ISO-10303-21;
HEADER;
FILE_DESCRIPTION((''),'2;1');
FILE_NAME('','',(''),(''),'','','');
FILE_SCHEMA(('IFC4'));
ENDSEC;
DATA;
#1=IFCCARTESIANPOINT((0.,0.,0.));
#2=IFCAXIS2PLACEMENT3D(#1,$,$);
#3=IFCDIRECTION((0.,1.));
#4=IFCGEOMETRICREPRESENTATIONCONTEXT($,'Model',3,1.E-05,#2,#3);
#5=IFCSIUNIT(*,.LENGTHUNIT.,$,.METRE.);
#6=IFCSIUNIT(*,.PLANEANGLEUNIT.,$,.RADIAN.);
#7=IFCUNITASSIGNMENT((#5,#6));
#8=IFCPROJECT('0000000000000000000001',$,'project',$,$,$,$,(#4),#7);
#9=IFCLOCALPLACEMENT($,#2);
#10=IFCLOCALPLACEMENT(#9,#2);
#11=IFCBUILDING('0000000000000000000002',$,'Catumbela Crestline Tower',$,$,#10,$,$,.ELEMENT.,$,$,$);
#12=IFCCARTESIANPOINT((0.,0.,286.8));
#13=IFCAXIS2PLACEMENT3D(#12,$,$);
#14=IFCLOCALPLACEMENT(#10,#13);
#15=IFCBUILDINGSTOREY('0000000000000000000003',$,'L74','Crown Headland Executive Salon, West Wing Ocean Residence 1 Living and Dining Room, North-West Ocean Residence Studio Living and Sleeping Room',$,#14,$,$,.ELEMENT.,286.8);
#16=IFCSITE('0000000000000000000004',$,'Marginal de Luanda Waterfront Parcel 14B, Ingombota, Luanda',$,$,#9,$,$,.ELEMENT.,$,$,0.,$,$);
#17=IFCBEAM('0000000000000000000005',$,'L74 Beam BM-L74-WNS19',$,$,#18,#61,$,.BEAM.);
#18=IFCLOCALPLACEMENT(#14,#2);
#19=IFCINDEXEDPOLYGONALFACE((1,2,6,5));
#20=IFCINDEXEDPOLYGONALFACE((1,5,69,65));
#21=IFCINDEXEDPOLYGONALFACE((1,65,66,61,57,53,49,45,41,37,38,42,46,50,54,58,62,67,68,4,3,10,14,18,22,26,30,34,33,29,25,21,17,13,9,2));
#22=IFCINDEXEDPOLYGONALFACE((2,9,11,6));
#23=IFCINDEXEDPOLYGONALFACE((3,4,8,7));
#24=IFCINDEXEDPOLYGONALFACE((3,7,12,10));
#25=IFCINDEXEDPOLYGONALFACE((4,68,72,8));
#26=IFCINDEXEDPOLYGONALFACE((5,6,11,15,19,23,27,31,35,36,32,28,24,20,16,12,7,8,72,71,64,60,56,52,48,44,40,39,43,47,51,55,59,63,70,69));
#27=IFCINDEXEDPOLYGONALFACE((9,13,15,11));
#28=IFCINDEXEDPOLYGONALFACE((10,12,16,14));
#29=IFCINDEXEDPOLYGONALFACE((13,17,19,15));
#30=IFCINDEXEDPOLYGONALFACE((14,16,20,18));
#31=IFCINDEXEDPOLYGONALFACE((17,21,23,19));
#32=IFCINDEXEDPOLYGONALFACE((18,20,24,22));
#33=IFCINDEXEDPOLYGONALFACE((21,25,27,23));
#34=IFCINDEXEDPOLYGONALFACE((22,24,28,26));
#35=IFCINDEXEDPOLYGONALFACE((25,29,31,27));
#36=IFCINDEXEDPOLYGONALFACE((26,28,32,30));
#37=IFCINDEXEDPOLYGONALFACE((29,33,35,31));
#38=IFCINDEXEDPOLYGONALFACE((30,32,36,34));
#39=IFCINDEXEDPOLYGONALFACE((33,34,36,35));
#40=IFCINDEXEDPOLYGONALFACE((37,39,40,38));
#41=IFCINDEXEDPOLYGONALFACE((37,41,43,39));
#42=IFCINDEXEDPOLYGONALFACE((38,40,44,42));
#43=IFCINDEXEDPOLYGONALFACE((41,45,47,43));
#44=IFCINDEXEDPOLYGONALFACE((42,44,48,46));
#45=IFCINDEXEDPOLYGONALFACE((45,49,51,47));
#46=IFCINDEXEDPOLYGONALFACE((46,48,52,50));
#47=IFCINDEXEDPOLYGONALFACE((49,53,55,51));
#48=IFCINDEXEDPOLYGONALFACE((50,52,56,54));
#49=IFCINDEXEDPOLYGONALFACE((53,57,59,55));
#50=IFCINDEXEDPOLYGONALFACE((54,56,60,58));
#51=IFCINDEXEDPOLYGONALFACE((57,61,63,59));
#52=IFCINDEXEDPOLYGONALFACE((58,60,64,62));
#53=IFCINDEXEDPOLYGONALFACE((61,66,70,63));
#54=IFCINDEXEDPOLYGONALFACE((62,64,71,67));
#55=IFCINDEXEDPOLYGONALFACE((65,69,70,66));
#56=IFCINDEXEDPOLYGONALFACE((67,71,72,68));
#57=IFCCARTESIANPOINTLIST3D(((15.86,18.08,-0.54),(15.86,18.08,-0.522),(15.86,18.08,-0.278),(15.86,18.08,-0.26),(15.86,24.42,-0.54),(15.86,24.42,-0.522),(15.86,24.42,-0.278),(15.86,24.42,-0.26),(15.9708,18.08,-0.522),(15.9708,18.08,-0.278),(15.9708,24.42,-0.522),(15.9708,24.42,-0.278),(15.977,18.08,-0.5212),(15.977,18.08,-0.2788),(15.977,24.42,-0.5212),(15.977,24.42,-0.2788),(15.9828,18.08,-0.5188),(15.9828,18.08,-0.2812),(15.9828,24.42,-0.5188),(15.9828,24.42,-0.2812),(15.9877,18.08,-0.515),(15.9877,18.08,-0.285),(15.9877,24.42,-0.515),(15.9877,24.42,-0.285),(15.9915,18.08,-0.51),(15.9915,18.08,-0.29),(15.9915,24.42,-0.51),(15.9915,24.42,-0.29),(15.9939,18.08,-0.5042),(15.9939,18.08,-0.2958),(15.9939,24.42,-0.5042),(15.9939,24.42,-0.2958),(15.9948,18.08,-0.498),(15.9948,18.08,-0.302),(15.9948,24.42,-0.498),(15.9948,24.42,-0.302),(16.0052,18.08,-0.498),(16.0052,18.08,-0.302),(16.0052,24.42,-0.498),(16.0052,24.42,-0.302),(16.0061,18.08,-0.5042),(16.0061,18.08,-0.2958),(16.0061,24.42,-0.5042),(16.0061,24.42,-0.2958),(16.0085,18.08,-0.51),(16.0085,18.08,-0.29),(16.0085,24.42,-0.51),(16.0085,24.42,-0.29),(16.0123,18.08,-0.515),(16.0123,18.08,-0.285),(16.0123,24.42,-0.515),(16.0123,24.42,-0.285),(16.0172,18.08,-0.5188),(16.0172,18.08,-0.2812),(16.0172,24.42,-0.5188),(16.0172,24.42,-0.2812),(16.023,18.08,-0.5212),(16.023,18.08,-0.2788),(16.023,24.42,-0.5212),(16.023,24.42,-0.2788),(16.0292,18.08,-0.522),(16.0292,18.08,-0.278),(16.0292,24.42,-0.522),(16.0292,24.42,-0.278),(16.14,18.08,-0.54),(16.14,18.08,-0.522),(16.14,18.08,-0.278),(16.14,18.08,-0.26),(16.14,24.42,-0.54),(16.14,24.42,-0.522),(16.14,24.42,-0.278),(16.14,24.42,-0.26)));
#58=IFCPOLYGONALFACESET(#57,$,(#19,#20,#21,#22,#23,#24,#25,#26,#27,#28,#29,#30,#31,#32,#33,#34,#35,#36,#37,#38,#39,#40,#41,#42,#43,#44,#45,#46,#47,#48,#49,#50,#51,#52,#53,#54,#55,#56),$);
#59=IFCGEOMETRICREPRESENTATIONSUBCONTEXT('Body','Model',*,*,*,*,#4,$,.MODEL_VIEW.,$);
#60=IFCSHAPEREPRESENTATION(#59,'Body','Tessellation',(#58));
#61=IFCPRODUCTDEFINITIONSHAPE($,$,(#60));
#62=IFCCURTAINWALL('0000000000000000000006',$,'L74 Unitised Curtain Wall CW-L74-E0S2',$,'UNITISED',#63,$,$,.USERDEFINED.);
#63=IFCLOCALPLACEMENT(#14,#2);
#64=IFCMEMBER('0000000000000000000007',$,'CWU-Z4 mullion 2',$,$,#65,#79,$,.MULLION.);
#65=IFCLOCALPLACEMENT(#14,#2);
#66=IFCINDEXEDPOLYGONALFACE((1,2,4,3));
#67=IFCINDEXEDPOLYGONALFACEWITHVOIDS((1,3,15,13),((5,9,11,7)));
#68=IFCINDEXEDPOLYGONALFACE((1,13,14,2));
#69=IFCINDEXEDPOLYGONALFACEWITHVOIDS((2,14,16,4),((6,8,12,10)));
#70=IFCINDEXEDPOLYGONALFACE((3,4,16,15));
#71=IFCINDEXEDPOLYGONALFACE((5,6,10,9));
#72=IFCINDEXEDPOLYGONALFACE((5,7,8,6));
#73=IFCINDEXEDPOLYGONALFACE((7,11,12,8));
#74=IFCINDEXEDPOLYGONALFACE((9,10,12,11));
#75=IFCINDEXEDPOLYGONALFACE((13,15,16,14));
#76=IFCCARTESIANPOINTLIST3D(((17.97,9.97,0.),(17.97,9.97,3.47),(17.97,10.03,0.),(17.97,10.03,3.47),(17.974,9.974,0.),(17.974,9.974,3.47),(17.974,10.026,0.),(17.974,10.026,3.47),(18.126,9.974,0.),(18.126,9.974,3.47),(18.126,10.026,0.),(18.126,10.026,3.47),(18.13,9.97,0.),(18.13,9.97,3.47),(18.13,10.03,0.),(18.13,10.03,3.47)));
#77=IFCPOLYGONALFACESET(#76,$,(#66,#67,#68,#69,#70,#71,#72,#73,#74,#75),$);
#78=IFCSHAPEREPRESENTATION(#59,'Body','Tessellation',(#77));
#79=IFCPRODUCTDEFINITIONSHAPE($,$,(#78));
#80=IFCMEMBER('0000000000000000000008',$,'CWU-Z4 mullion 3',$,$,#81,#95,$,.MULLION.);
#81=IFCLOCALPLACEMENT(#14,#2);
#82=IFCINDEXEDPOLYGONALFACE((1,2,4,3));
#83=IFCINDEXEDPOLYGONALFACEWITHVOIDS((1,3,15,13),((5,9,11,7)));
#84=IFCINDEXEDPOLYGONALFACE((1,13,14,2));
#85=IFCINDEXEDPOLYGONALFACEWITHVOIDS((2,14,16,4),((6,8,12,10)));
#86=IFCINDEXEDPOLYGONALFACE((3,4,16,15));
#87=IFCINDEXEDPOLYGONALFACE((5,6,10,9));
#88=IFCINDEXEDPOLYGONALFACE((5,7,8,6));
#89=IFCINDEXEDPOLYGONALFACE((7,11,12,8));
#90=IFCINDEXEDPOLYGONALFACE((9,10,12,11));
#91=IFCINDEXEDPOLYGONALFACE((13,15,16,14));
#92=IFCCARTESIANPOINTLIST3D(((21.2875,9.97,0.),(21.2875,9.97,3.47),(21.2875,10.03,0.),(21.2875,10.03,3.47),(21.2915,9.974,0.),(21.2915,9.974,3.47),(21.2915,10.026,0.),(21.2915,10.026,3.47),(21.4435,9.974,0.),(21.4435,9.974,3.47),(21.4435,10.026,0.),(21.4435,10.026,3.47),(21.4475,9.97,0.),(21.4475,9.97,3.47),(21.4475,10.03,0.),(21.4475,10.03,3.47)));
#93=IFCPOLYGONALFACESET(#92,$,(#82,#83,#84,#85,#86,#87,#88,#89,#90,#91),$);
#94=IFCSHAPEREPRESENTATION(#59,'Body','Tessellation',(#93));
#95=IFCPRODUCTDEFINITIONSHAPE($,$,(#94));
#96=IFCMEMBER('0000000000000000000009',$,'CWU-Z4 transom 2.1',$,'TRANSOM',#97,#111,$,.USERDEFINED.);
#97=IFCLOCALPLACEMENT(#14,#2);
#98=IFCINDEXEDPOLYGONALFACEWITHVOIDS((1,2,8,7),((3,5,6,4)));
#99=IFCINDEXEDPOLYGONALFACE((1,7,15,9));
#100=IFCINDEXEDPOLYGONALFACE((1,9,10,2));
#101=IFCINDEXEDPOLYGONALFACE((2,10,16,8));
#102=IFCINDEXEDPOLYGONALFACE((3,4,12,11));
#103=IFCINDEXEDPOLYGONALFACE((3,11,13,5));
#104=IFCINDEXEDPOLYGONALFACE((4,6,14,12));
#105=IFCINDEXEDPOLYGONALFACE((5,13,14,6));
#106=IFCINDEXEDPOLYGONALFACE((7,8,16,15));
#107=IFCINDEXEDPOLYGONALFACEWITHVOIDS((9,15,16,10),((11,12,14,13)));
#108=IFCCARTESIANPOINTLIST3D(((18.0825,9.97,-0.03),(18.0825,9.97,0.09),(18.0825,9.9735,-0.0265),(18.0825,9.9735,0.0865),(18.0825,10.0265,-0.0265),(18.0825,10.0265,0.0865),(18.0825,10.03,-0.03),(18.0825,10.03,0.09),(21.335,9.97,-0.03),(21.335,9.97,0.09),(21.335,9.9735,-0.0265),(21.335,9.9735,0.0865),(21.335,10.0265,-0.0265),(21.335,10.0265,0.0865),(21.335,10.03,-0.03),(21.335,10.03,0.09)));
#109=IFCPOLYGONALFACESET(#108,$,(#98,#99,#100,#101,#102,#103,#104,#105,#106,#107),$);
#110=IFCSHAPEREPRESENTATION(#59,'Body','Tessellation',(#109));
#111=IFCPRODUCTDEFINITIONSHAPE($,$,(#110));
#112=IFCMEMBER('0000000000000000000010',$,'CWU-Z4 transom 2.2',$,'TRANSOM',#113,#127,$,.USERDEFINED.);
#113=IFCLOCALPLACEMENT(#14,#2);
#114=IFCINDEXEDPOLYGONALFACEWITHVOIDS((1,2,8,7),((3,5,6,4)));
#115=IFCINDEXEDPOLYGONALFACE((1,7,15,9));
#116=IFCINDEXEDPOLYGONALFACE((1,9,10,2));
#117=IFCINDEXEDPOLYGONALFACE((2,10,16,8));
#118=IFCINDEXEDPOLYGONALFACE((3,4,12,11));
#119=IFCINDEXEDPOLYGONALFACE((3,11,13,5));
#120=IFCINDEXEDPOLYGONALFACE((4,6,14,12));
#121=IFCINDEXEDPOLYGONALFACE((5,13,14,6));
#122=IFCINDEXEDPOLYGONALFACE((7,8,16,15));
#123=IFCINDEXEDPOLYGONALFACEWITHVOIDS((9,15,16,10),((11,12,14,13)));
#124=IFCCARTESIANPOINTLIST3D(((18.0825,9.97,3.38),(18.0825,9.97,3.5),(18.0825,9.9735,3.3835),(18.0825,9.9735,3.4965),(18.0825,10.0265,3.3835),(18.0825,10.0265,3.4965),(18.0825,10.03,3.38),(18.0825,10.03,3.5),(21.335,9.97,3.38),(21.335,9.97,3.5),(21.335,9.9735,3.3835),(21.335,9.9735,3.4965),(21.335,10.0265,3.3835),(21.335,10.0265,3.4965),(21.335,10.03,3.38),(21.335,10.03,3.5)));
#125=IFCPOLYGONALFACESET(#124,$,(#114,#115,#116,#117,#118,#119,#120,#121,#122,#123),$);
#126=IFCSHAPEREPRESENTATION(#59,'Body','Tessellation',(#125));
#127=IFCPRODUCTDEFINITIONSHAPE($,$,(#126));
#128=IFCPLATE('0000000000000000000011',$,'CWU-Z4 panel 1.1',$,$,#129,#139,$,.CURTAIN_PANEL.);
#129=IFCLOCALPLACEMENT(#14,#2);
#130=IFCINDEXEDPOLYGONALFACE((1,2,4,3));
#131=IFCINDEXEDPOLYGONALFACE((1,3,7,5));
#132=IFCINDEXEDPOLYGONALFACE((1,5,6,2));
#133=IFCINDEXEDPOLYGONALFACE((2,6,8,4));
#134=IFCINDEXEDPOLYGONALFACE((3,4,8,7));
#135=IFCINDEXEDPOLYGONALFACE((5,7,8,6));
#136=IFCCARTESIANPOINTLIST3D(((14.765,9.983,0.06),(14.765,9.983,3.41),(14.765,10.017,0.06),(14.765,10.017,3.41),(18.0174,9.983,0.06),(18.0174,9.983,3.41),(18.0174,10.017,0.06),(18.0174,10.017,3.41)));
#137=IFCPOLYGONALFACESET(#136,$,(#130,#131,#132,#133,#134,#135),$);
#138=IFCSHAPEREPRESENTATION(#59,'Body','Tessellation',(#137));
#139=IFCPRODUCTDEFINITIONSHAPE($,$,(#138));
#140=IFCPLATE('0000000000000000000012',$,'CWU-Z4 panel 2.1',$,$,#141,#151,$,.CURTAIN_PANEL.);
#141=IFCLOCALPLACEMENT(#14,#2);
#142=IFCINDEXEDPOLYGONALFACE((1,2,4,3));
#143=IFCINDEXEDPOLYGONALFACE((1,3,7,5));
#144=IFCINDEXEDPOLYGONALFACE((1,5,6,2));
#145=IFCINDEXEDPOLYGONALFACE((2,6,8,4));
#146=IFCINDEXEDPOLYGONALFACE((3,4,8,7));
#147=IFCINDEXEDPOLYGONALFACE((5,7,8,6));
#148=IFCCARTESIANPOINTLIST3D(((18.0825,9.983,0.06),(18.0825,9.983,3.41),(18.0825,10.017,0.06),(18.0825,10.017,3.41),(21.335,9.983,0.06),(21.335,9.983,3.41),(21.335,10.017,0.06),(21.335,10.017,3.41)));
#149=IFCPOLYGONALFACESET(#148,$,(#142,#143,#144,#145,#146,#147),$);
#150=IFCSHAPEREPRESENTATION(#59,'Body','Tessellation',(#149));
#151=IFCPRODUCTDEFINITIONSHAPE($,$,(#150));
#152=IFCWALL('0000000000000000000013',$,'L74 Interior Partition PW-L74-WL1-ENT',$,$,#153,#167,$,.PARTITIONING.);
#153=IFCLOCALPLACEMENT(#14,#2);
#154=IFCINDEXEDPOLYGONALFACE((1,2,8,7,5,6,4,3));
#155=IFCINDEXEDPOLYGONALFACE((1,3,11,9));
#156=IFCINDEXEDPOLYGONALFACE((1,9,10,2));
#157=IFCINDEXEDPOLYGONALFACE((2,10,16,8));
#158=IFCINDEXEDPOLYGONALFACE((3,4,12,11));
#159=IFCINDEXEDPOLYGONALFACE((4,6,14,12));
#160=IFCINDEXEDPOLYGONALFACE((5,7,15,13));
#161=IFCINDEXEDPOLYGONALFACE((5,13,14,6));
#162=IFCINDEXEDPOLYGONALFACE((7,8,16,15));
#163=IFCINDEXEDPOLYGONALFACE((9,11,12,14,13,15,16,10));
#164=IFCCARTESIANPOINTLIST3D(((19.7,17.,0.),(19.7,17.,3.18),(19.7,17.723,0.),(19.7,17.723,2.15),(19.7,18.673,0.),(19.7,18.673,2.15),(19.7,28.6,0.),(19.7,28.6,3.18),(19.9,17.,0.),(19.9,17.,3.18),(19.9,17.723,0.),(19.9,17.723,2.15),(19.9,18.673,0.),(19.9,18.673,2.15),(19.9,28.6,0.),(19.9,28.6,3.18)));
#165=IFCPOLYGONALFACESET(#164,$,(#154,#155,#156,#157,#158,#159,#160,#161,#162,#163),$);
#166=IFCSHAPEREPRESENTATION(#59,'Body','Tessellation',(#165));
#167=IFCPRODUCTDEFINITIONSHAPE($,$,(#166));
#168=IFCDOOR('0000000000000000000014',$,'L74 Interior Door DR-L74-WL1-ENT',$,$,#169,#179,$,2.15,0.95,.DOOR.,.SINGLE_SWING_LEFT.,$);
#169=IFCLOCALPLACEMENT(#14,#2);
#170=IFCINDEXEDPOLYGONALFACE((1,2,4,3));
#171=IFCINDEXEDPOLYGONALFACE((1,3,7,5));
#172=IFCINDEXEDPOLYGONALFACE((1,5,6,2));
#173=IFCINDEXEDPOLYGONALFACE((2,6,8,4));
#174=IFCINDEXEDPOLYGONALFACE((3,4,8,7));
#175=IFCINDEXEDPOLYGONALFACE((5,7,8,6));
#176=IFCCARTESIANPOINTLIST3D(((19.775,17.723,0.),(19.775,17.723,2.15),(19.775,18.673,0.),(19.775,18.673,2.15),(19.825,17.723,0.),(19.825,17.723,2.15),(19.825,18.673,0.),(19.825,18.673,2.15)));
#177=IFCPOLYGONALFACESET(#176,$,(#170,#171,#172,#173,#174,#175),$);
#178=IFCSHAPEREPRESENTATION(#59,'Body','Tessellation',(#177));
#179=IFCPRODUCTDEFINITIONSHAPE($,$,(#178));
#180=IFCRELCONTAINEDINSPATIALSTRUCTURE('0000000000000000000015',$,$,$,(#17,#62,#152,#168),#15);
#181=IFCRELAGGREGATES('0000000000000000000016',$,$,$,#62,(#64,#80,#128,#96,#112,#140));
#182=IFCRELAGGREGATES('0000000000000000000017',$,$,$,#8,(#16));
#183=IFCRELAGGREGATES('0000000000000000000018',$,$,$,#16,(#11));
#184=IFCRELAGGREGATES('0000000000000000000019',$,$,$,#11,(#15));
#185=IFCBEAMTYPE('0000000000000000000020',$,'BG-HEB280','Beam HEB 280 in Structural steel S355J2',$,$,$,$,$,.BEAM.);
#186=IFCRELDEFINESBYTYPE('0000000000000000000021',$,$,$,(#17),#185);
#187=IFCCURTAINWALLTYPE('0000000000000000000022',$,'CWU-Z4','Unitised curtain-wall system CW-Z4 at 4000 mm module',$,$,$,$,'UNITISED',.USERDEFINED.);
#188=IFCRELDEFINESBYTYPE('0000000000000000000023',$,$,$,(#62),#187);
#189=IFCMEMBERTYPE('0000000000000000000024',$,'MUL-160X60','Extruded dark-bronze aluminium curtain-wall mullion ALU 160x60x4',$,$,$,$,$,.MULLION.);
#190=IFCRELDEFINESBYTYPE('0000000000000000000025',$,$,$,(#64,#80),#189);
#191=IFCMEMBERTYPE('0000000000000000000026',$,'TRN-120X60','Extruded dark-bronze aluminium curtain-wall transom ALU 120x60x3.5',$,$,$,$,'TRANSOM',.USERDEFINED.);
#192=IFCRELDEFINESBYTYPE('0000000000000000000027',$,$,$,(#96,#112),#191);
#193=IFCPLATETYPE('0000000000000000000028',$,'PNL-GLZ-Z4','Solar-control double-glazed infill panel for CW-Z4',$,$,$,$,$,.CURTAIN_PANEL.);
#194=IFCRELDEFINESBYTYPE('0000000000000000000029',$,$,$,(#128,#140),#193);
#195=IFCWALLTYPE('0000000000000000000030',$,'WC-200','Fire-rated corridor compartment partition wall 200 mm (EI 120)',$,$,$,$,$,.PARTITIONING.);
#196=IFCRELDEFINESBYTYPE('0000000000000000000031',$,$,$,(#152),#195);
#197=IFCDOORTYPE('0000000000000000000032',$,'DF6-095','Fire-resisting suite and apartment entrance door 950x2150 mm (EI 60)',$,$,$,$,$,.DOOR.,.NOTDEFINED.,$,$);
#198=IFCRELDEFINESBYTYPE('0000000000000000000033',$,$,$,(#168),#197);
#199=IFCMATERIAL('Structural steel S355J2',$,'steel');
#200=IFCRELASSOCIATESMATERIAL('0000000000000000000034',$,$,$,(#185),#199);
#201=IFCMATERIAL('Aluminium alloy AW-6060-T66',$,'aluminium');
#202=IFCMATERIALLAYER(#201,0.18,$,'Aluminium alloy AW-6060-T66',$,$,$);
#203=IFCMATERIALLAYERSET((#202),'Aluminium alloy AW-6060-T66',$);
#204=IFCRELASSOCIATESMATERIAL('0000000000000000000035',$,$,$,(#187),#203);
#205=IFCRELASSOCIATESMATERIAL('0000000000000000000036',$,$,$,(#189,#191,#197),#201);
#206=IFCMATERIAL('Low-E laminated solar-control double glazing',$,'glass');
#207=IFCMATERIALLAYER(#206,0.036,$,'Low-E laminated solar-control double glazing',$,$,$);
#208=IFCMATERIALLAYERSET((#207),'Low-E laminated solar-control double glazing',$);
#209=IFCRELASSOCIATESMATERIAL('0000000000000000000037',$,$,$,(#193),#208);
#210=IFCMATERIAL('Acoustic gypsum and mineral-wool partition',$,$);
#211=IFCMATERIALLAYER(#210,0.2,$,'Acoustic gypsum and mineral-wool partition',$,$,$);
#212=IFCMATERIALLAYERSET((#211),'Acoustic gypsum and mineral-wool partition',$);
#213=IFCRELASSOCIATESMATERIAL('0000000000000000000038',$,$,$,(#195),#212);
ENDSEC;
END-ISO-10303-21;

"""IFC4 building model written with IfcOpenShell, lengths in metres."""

from ifc_helpers import new_model, si_unit, direction, frame, frame_2d, origin, origin_2d, place, context, subcontext, project, spatial, rectangle, hollow_rectangle, i_section, extrude, material, layer, layer_set, material_profile, profile_set, type_object, element, fill, aggregate, save


model = new_model("IFC4")

# Units and contexts
model_context = context("Model", 3, precision=1e-05, world=origin(), true_north=direction((0.0, 1.0)))
body_context = subcontext(model_context, "Body", "Model", "MODEL_VIEW")
ifc_project = project(units=[si_unit("LENGTHUNIT", "METRE"), si_unit("PLANEANGLEUNIT", "RADIAN")], contexts=[model_context])

# Site, building, storey
site_placement = place(None, origin())
site = spatial("IfcSite", under=ifc_project, at=site_placement, Name="Marginal de Luanda Waterfront Parcel 14B, Ingombota, Luanda", CompositionType="ELEMENT", RefElevation=0.0)
building_placement = place(site_placement, origin())
building = spatial("IfcBuilding", under=site, at=building_placement, Name="Catumbela Crestline Tower", CompositionType="ELEMENT")
storey_placement = place(building_placement, frame((0.0, 0.0, 286.8)))
storey = spatial("IfcBuildingStorey", under=building, at=storey_placement, Name="L74", Description="Crown Headland Executive Salon, West Wing Ocean Residence 1 Living and Dining Room, North-West Ocean Residence Studio Living and Sleeping Room", CompositionType="ELEMENT", Elevation=286.8)

# Beam
ifc_material_1 = material(Name="Structural steel S355J2", Category="steel")
ifc_material_profile_1 = material_profile(ifc_material_1, i_section(OverallWidth=0.28, OverallDepth=0.28, WebThickness=0.0105, FlangeThickness=0.018, FilletRadius=0.024, at=origin_2d()), Name="HEB 280")
ifc_profile_set_1 = profile_set([ifc_material_profile_1], Name="Structural steel S355J2")
beam_type = type_object("IfcBeamType", Name="BG-HEB280", Description="Beam HEB 280 in Structural steel S355J2", PredefinedType="BEAM", material=ifc_profile_set_1)
beam_placement = place(storey_placement, frame((16.0, 18.08, -0.4), z_axis=(0.0, 1.0, 0.0), x_axis=(-1.0, 0.0, 0.0)))
element("IfcBeam", 1, at=beam_placement, inside=storey, type_object=beam_type, Name="L74 Beam BM-L74-WNS19", PredefinedType="BEAM", context=body_context, shape_type="SweptSolid", body=[
    extrude(i_section(OverallWidth=0.28, OverallDepth=0.28, WebThickness=0.0105, FlangeThickness=0.018, FilletRadius=0.024, at=origin_2d()), origin(), (0.0, 0.0, 1.0), 6.34),
])

# Curtain wall, members, plates
ifc_material_2 = material(Name="Aluminium alloy AW-6060-T66", Category="aluminium")
ifc_layer_1 = layer(ifc_material_2, 0.18, Name="Aluminium alloy AW-6060-T66")
ifc_layer_set_1 = layer_set([ifc_layer_1], Name="Aluminium alloy AW-6060-T66")
curtain_wall_type = type_object("IfcCurtainWallType", Name="CWU-Z4", Description="Unitised curtain-wall system CW-Z4 at 4000 mm module", ElementType="UNITISED", PredefinedType="USERDEFINED", material=ifc_layer_set_1)
curtain_wall_placement = place(storey_placement, origin())
curtain_wall = element("IfcCurtainWall", 2, at=curtain_wall_placement, inside=storey, type_object=curtain_wall_type, Name="L74 Unitised Curtain Wall CW-L74-E0S2", ObjectType="UNITISED", PredefinedType="USERDEFINED")
ifc_material_profile_2 = material_profile(ifc_material_2, hollow_rectangle(XDim=0.06, YDim=0.16, WallThickness=0.004, at=origin_2d()), Name="ALU 160x60x4")
ifc_profile_set_2 = profile_set([ifc_material_profile_2], Name="Aluminium alloy AW-6060-T66")
member_type_1 = type_object("IfcMemberType", Name="MUL-160X60", Description="Extruded dark-bronze aluminium curtain-wall mullion ALU 160x60x4", PredefinedType="MULLION", material=ifc_profile_set_2)
member_1_placement = place(storey_placement, frame((18.05, 10.0, 0.0), z_axis=(0.0, 0.0, 1.0), x_axis=(0.0, 1.0, 0.0)))
member_1 = element("IfcMember", 3, at=member_1_placement, type_object=member_type_1, Name="CWU-Z4 mullion 2", PredefinedType="MULLION", context=body_context, shape_type="SweptSolid", body=[
    extrude(hollow_rectangle(XDim=0.06, YDim=0.16, WallThickness=0.004, at=origin_2d()), origin(), (0.0, 0.0, 1.0), 3.47),
])
member_2_placement = place(storey_placement, frame((21.3675, 10.0, 0.0), z_axis=(0.0, 0.0, 1.0), x_axis=(0.0, 1.0, 0.0)))
member_2 = element("IfcMember", 4, at=member_2_placement, type_object=member_type_1, Name="CWU-Z4 mullion 3", PredefinedType="MULLION", context=body_context, shape_type="SweptSolid", body=[
    extrude(hollow_rectangle(XDim=0.06, YDim=0.16, WallThickness=0.004, at=origin_2d()), origin(), (0.0, 0.0, 1.0), 3.47),
])
ifc_material_profile_3 = material_profile(ifc_material_2, hollow_rectangle(XDim=0.06, YDim=0.12, WallThickness=0.0035, at=origin_2d()), Name="ALU 120x60x3.5")
ifc_profile_set_3 = profile_set([ifc_material_profile_3], Name="Aluminium alloy AW-6060-T66")
member_type_2 = type_object("IfcMemberType", Name="TRN-120X60", Description="Extruded dark-bronze aluminium curtain-wall transom ALU 120x60x3.5", ElementType="TRANSOM", PredefinedType="USERDEFINED", material=ifc_profile_set_3)
member_3_placement = place(storey_placement, frame((18.0825, 10.0, 0.03), z_axis=(1.0, 0.0, 0.0), x_axis=(0.0, 1.0, 0.0)))
member_3 = element("IfcMember", 5, at=member_3_placement, type_object=member_type_2, Name="CWU-Z4 transom 2.1", ObjectType="TRANSOM", PredefinedType="USERDEFINED", context=body_context, shape_type="SweptSolid", body=[
    extrude(hollow_rectangle(XDim=0.06, YDim=0.12, WallThickness=0.0035, at=origin_2d()), origin(), (0.0, 0.0, 1.0), 3.2525),
])
member_4_placement = place(storey_placement, frame((18.0825, 10.0, 3.44), z_axis=(1.0, 0.0, 0.0), x_axis=(0.0, 1.0, 0.0)))
member_4 = element("IfcMember", 6, at=member_4_placement, type_object=member_type_2, Name="CWU-Z4 transom 2.2", ObjectType="TRANSOM", PredefinedType="USERDEFINED", context=body_context, shape_type="SweptSolid", body=[
    extrude(hollow_rectangle(XDim=0.06, YDim=0.12, WallThickness=0.0035, at=origin_2d()), origin(), (0.0, 0.0, 1.0), 3.2525),
])
ifc_material_3 = material(Name="Low-E laminated solar-control double glazing", Category="glass")
ifc_layer_2 = layer(ifc_material_3, 0.036, Name="Low-E laminated solar-control double glazing")
ifc_layer_set_2 = layer_set([ifc_layer_2], Name="Low-E laminated solar-control double glazing")
plate_type = type_object("IfcPlateType", Name="PNL-GLZ-Z4", Description="Solar-control double-glazed infill panel for CW-Z4", PredefinedType="CURTAIN_PANEL", material=ifc_layer_set_2)
plate_1_placement = place(storey_placement, frame((16.3912, 10.0, 0.06), z_axis=(0.0, 0.0, 1.0), x_axis=(1.0, 0.0, 0.0)))
plate_1 = element("IfcPlate", 7, at=plate_1_placement, type_object=plate_type, Name="CWU-Z4 panel 1.1", PredefinedType="CURTAIN_PANEL", context=body_context, shape_type="SweptSolid", body=[
    extrude(rectangle(XDim=3.2525, YDim=0.034, at=origin_2d()), origin(), (0.0, 0.0, 1.0), 3.35),
])
plate_2_placement = place(storey_placement, frame((19.7087, 10.0, 0.06), z_axis=(0.0, 0.0, 1.0), x_axis=(1.0, 0.0, 0.0)))
plate_2 = element("IfcPlate", 8, at=plate_2_placement, type_object=plate_type, Name="CWU-Z4 panel 2.1", PredefinedType="CURTAIN_PANEL", context=body_context, shape_type="SweptSolid", body=[
    extrude(rectangle(XDim=3.2525, YDim=0.034, at=origin_2d()), origin(), (0.0, 0.0, 1.0), 3.35),
])
aggregate(curtain_wall, [member_1, member_2, plate_1, member_3, member_4, plate_2])

# Wall, opening, door
ifc_material_4 = material(Name="Acoustic gypsum and mineral-wool partition")
ifc_layer_3 = layer(ifc_material_4, 0.2, Name="Acoustic gypsum and mineral-wool partition")
ifc_layer_set_3 = layer_set([ifc_layer_3], Name="Acoustic gypsum and mineral-wool partition")
wall_type_1 = type_object("IfcWallType", Name="WC-200", Description="Fire-rated corridor compartment partition wall 200 mm (EI 120)", PredefinedType="PARTITIONING", material=ifc_layer_set_3)
wall_1_placement = place(storey_placement, frame((19.8, 17.0, 0.0), z_axis=(0.0, 0.0, 1.0), x_axis=(0.0, 1.0, 0.0)))
wall_1 = element("IfcWall", 9, at=wall_1_placement, inside=storey, type_object=wall_type_1, Name="L74 Interior Partition PW-L74-WL1-ENT", PredefinedType="PARTITIONING", context=body_context, shape_type="SweptSolid", body=[
    extrude(rectangle(XDim=11.6, YDim=0.2, at=frame_2d((5.8, 0.0))), origin(), (0.0, 0.0, 1.0), 3.18),
])
opening_1_placement = place(wall_1_placement, frame((0.723, 0.0, 0.0)))
opening_1 = element("IfcOpeningElement", 10, at=opening_1_placement, cuts=wall_1, PredefinedType="OPENING", context=body_context, shape_type="SweptSolid", body=[
    extrude(rectangle(XDim=0.95, YDim=2.15, at=frame_2d((0.475, 1.075))), frame((0.0, 0.11, 0.0), z_axis=(0.0, -1.0, 0.0), x_axis=(1.0, 0.0, 0.0)), (0.0, 0.0, 1.0), 0.22),
])
door_type_1 = type_object("IfcDoorType", Name="DF6-095", Description="Fire-resisting suite and apartment entrance door 950x2150 mm (EI 60)", OperationType="NOTDEFINED", PredefinedType="DOOR", material=ifc_material_2)
door_1_placement = place(opening_1_placement, origin())
door_1 = element("IfcDoor", 11, at=door_1_placement, inside=storey, type_object=door_type_1, Name="L74 Interior Door DR-L74-WL1-ENT", OperationType="SINGLE_SWING_LEFT", OverallHeight=2.15, OverallWidth=0.95, PredefinedType="DOOR", context=body_context, shape_type="SweptSolid", body=[
    extrude(rectangle(XDim=0.95, YDim=2.15, at=frame_2d((0.475, 1.075))), frame((0.0, 0.025, 0.0), z_axis=(0.0, -1.0, 0.0), x_axis=(1.0, 0.0, 0.0)), (0.0, 0.0, 1.0), 0.05),
])
fill(opening_1, door_1)

save(model, "model.ifc")
